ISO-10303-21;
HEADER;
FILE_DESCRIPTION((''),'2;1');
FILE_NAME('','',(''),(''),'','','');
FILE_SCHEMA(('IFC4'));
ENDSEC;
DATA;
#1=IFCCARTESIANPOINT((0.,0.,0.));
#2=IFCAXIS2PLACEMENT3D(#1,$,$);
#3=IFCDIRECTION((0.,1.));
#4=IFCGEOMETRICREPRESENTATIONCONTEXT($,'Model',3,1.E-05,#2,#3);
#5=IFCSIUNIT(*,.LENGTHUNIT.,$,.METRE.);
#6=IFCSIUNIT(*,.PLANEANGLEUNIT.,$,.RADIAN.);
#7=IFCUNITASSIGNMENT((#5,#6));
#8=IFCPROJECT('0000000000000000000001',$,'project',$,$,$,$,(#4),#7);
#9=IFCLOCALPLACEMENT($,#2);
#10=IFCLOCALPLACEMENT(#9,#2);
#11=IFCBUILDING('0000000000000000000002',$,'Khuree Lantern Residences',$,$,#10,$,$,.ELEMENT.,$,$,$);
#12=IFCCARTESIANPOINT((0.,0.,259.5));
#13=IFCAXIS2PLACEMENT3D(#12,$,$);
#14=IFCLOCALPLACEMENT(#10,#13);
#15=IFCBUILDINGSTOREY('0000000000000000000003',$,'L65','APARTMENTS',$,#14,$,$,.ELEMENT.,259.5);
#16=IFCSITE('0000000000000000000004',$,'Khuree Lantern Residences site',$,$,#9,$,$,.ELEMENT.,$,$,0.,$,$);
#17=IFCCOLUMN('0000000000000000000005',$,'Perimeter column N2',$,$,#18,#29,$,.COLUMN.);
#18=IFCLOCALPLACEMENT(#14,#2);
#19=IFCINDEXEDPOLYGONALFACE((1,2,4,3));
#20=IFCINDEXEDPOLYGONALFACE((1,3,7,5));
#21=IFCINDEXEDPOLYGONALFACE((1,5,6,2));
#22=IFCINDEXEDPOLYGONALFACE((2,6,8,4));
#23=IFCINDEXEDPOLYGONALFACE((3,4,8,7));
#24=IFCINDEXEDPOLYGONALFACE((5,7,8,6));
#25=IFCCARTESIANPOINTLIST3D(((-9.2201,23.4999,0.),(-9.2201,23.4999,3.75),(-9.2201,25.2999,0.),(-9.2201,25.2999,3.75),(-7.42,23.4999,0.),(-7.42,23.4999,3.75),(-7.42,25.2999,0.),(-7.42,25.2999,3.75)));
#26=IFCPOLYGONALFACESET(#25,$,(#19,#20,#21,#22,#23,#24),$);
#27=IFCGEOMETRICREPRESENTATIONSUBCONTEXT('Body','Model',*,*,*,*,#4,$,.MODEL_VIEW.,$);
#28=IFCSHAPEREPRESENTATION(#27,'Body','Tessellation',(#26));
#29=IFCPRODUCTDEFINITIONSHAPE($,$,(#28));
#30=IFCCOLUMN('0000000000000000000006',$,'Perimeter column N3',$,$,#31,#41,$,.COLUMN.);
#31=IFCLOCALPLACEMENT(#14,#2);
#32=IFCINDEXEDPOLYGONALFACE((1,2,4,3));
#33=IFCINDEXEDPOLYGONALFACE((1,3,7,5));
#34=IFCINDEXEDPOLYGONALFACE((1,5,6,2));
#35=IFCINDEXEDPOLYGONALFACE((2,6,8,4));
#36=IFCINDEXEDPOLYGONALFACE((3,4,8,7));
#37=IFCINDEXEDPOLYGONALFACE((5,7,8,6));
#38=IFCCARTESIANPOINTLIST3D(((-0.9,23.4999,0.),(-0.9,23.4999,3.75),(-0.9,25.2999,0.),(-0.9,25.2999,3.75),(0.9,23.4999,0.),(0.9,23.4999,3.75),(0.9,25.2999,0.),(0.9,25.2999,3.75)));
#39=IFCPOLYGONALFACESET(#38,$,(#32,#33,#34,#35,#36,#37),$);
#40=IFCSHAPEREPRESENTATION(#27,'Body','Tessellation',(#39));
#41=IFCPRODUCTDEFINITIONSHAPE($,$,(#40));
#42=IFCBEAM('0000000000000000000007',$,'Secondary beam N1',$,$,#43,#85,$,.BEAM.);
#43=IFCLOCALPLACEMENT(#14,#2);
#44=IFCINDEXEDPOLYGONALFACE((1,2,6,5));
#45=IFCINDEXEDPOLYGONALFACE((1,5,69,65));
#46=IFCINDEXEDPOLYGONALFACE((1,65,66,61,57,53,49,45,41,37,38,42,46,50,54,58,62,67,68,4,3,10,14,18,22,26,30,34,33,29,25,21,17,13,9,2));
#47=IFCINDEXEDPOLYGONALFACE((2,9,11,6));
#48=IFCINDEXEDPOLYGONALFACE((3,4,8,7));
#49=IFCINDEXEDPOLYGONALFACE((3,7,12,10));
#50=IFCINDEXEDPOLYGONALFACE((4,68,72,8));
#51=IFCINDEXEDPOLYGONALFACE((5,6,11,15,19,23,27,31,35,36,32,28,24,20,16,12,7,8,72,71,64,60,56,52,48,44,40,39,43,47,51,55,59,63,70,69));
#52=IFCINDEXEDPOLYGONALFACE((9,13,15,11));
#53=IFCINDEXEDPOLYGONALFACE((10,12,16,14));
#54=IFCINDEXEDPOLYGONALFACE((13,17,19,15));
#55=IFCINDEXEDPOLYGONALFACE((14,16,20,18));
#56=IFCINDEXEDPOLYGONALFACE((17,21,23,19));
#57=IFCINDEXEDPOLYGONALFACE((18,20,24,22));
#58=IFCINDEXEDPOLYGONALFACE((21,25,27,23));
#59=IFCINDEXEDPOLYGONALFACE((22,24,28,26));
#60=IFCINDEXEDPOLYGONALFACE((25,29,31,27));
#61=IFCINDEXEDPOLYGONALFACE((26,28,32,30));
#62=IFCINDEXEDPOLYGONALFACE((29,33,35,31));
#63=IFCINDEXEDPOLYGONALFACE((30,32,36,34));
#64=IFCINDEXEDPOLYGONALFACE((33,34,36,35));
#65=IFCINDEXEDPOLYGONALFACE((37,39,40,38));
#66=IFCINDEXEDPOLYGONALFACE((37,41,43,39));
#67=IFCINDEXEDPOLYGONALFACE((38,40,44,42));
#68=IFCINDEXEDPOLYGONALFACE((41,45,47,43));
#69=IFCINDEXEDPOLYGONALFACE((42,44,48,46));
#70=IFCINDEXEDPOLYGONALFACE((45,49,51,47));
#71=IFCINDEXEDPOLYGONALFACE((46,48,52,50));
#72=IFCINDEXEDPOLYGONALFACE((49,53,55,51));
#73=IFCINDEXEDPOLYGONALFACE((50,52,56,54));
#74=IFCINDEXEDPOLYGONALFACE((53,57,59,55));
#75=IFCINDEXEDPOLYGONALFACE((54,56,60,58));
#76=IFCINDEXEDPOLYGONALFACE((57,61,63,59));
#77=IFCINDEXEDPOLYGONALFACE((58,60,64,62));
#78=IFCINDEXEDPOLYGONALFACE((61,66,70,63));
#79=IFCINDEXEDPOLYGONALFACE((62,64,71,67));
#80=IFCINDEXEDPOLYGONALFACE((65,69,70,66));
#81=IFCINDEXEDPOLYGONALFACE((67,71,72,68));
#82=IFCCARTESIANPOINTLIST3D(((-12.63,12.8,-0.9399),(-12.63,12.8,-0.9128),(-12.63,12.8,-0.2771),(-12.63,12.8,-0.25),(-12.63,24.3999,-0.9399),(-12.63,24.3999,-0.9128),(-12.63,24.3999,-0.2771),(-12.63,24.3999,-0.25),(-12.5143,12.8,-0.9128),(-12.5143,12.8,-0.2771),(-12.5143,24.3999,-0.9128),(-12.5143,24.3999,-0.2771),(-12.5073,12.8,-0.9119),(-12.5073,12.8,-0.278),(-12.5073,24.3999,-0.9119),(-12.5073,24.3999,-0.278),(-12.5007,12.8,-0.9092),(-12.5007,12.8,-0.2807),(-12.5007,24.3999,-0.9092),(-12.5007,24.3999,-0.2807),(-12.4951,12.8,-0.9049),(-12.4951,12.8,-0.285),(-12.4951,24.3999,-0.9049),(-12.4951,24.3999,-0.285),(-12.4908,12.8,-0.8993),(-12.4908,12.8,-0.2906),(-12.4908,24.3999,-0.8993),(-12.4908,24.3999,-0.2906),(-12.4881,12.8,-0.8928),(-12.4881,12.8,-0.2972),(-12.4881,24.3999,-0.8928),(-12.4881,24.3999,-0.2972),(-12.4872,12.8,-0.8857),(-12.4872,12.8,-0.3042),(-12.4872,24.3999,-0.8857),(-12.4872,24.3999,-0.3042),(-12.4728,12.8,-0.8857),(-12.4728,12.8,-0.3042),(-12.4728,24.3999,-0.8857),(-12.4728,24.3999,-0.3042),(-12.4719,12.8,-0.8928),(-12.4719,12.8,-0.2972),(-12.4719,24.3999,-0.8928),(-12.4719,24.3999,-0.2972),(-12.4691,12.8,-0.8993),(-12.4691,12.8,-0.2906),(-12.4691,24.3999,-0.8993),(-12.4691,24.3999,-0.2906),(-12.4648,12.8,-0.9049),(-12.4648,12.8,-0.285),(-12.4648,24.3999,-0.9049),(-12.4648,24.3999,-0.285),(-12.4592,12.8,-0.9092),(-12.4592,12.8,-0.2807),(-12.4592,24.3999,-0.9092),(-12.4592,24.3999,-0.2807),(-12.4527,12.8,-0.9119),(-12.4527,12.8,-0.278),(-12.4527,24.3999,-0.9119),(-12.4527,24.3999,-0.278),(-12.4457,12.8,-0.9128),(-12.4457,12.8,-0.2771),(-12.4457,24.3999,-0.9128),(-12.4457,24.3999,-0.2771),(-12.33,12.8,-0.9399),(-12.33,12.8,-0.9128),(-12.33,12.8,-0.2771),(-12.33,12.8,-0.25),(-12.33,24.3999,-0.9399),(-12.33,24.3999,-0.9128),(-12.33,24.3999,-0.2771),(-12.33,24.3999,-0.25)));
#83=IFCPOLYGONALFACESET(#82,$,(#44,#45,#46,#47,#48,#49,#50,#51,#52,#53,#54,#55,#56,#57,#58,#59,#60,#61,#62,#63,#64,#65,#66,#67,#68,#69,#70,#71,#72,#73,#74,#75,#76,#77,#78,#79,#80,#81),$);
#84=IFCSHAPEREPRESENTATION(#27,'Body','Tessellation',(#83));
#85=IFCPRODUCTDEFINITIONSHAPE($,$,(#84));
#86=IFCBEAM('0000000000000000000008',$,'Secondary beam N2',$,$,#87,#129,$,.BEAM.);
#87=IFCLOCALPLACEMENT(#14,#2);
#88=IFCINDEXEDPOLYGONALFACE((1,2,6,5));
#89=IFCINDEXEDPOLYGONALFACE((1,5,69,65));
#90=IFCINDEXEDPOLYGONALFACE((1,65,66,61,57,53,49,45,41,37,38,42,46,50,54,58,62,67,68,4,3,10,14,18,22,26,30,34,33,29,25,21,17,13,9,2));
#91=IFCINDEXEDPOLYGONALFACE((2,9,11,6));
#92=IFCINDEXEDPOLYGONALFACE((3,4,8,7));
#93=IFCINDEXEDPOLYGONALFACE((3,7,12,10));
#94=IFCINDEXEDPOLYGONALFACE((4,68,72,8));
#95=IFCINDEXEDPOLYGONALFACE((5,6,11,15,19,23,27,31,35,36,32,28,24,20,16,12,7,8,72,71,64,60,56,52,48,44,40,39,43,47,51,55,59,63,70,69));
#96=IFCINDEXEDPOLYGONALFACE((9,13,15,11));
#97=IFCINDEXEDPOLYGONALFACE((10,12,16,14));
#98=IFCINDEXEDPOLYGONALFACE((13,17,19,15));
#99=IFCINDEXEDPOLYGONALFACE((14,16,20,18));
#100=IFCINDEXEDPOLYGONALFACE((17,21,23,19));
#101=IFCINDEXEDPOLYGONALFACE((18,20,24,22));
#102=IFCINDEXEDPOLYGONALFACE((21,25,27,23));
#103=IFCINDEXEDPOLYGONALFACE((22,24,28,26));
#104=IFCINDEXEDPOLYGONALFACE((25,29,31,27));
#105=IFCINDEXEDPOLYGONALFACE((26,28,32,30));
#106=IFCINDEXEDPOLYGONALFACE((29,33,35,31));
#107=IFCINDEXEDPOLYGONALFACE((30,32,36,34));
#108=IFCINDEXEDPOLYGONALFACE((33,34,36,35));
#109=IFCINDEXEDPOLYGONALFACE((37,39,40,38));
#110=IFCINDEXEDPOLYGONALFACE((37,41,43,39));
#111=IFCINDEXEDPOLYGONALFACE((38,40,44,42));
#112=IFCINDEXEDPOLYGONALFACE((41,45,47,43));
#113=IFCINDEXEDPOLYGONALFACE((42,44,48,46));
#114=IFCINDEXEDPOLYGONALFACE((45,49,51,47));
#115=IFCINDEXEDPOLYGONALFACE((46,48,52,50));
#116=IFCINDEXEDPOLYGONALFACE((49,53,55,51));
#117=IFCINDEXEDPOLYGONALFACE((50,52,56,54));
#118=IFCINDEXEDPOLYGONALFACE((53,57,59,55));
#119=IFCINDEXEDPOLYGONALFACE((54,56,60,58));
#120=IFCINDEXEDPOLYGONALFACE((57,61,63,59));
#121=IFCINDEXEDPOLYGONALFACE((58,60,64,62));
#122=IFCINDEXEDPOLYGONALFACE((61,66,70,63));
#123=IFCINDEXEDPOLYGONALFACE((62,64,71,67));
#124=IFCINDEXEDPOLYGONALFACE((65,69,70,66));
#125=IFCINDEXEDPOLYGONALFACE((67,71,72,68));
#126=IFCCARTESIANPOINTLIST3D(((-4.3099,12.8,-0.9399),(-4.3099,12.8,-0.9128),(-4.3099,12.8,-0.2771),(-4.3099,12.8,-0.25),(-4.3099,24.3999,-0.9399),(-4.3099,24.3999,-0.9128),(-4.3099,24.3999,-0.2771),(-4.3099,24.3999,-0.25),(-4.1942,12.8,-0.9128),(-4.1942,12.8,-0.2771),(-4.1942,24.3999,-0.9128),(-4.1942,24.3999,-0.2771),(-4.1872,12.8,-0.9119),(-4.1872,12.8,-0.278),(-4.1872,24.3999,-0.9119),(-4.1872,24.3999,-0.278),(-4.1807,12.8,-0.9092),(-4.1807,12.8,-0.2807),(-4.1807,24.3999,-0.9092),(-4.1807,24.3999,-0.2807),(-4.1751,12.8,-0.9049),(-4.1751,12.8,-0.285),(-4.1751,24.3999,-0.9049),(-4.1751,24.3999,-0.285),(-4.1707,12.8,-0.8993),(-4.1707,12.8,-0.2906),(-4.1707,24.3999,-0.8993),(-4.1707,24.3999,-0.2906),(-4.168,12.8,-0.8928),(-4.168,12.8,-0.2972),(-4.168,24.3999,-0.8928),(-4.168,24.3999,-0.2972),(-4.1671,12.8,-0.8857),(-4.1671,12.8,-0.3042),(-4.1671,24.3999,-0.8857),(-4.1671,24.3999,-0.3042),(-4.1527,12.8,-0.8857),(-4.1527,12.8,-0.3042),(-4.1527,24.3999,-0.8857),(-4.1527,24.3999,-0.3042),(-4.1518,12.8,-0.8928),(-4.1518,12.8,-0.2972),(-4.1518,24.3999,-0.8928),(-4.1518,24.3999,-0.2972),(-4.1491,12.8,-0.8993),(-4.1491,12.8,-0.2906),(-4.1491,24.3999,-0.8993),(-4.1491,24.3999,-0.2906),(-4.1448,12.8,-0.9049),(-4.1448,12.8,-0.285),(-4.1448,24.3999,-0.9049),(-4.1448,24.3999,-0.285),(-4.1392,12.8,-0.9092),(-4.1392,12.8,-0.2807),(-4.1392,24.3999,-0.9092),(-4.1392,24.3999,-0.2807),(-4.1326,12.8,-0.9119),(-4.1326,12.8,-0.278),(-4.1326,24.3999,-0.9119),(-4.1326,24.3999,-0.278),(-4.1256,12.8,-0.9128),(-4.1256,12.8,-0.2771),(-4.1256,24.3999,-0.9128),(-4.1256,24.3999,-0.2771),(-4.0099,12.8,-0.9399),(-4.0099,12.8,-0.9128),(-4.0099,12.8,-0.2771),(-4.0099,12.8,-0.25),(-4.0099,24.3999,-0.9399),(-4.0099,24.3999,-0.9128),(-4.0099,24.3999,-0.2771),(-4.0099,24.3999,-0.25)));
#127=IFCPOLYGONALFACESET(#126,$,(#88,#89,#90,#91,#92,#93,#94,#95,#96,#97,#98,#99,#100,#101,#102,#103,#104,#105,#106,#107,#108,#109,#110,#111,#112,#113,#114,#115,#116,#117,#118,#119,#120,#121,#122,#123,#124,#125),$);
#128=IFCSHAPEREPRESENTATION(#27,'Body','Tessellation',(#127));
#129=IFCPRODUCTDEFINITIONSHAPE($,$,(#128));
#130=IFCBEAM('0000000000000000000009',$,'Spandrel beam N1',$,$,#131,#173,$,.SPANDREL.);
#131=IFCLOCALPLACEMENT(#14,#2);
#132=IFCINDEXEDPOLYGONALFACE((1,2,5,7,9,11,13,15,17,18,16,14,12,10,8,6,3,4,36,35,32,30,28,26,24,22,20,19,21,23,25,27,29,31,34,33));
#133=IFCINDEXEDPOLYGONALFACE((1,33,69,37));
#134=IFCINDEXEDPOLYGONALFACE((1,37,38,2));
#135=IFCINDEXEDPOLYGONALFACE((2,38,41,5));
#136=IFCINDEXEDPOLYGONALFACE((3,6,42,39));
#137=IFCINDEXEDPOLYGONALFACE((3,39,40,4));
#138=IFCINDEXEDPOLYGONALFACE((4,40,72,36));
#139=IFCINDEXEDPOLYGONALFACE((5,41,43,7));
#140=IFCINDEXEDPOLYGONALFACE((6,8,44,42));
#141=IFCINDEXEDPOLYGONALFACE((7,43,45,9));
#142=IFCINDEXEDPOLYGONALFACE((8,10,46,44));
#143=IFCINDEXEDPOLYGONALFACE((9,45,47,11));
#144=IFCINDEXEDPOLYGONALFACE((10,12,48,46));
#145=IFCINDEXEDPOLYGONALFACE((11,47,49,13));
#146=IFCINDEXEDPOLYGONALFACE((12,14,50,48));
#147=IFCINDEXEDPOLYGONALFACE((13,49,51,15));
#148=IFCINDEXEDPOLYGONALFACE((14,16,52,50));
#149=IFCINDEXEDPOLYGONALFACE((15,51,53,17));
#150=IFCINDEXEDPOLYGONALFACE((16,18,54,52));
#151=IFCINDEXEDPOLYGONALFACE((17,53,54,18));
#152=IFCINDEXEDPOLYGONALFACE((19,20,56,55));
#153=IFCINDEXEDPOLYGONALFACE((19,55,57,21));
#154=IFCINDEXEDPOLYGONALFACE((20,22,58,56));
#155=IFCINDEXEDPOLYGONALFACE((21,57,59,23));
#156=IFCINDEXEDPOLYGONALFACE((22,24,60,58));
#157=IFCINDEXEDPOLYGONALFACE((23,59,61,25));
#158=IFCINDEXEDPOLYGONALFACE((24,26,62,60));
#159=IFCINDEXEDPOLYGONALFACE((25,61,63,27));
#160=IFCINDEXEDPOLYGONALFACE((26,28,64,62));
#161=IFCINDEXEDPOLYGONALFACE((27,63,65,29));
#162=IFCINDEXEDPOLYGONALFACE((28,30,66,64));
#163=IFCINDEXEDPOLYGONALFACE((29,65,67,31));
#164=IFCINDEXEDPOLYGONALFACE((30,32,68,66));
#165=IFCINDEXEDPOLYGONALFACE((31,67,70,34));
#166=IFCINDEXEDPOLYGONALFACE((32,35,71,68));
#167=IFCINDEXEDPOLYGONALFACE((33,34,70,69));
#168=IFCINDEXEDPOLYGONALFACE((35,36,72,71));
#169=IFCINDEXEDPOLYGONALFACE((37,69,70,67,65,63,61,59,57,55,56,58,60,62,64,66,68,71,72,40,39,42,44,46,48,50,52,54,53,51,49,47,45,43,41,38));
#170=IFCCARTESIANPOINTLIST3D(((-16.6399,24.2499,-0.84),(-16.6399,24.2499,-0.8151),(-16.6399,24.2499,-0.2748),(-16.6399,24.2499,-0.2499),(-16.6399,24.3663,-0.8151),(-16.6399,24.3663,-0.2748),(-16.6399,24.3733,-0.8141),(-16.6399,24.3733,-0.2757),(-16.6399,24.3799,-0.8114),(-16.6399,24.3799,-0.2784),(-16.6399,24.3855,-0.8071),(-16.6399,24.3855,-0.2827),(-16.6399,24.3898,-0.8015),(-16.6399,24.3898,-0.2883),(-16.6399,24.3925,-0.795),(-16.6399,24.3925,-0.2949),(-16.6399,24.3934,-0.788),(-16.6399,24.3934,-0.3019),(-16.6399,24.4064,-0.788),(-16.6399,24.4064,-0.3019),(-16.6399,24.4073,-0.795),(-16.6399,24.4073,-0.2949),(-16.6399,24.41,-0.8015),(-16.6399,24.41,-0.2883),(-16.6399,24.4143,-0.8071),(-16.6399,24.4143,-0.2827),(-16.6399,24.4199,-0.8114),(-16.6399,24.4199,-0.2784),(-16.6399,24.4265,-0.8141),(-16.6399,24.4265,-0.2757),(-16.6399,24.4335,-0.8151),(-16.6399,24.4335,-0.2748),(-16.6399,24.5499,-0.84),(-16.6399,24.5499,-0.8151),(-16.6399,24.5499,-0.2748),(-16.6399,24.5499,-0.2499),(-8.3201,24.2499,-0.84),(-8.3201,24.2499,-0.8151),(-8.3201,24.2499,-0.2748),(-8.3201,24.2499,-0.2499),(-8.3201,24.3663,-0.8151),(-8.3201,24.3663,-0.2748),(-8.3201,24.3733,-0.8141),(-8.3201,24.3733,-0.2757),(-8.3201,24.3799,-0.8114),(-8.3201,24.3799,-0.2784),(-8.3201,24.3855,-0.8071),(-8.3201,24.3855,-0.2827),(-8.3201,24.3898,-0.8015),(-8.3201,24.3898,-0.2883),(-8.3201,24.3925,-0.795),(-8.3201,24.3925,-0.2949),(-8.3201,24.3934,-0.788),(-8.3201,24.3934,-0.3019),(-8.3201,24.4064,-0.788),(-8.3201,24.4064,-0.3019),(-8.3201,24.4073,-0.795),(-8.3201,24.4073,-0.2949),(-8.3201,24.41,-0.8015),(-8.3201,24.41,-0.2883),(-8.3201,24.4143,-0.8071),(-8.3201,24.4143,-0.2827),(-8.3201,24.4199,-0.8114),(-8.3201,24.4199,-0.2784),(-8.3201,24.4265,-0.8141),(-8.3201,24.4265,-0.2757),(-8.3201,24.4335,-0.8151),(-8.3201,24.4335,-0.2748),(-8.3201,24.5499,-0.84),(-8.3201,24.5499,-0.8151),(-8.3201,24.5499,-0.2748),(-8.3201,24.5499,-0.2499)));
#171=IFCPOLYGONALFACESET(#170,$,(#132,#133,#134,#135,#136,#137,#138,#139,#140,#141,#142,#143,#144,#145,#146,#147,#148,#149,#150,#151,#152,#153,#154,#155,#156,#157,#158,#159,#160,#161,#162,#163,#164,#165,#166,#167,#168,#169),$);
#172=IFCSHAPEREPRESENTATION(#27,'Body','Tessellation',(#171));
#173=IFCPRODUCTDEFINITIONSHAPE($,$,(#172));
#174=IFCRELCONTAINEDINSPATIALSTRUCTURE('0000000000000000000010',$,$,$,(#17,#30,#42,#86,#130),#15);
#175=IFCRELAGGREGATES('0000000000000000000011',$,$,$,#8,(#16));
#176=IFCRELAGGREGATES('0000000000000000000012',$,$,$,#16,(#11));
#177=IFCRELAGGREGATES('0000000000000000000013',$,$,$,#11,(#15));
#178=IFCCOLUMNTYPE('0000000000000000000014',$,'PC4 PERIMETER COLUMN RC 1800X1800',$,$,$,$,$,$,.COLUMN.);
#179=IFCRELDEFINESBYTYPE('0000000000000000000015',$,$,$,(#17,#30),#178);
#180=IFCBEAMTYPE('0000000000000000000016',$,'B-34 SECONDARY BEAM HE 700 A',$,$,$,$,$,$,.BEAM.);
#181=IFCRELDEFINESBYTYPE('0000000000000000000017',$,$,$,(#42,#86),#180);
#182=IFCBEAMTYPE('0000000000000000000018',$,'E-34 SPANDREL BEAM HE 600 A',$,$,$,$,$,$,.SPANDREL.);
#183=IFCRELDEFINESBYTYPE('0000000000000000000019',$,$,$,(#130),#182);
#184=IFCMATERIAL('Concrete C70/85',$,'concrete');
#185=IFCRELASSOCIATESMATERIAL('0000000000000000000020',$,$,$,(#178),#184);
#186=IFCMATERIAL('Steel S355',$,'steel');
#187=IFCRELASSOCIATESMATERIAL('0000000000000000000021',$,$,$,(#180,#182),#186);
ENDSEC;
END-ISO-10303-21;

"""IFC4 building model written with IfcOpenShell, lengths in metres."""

from ifc_helpers import new_model, si_unit, direction, frame, origin, origin_2d, place, context, subcontext, project, spatial, rectangle, i_section, extrude, material, material_profile, profile_set, type_object, element, save


model = new_model("IFC4")

# Units and contexts
model_context = context("Model", 3, precision=1e-05, world=origin(), true_north=direction((0.0, 1.0)))
body_context = subcontext(model_context, "Body", "Model", "MODEL_VIEW")
ifc_project = project(units=[si_unit("LENGTHUNIT", "METRE"), si_unit("PLANEANGLEUNIT", "RADIAN")], contexts=[model_context])

# Site, building, storey
site_placement = place(None, origin())
site = spatial("IfcSite", under=ifc_project, at=site_placement, Name="Khuree Lantern Residences site", CompositionType="ELEMENT", RefElevation=0.0)
building_placement = place(site_placement, origin())
building = spatial("IfcBuilding", under=site, at=building_placement, Name="Khuree Lantern Residences", CompositionType="ELEMENT")
storey_placement = place(building_placement, frame((0.0, 0.0, 259.5)))
storey = spatial("IfcBuildingStorey", under=building, at=storey_placement, Name="L65", Description="APARTMENTS", CompositionType="ELEMENT", Elevation=259.5)

# Columns
ifc_material_1 = material(Name="Concrete C70/85", Category="concrete")
ifc_material_profile_1 = material_profile(ifc_material_1, rectangle(XDim=1.8, YDim=1.8, at=origin_2d()), Name="RC 1800X1800")
ifc_profile_set_1 = profile_set([ifc_material_profile_1], Name="Concrete C70/85")
column_type = type_object("IfcColumnType", Name="PC4 PERIMETER COLUMN RC 1800X1800", PredefinedType="COLUMN", material=ifc_profile_set_1)
for number, where, z_axis, x_axis, name in (
    (1, (-8.3201, 24.3999, 0.0), (0.0, 0.0, 1.0), (1.0, 0.0, 0.0), "Perimeter column N2"),
    (2, (0.0, 24.3999, 0.0), (0.0, 0.0, 1.0), (1.0, 0.0, 0.0), "Perimeter column N3"),
):
    element("IfcColumn", number, at=place(storey_placement, frame(where, z_axis=z_axis, x_axis=x_axis)), inside=storey, type_object=column_type, Name=name, PredefinedType="COLUMN", context=body_context, shape_type="SweptSolid", body=[
        extrude(rectangle(XDim=1.8, YDim=1.8, at=origin_2d()), origin(), (0.0, 0.0, 1.0), 3.75),
    ])

# Beams
ifc_material_2 = material(Name="Steel S355", Category="steel")
ifc_material_profile_2 = material_profile(ifc_material_2, i_section(OverallWidth=0.3, OverallDepth=0.6899, WebThickness=0.0144, FlangeThickness=0.0271, FilletRadius=0.0271, at=origin_2d()), Name="HE 700 A")
ifc_profile_set_2 = profile_set([ifc_material_profile_2], Name="Steel S355")
beam_type_1 = type_object("IfcBeamType", Name="B-34 SECONDARY BEAM HE 700 A", PredefinedType="BEAM", material=ifc_profile_set_2)
for number, where, z_axis, x_axis, name in (
    (3, (-12.48, 24.3999, -0.595), (0.0, -1.0, 0.0), (1.0, 0.0, 0.0), "Secondary beam N1"),
    (4, (-4.1599, 24.3999, -0.595), (0.0, -1.0, 0.0), (1.0, 0.0, 0.0), "Secondary beam N2"),
):
    element("IfcBeam", number, at=place(storey_placement, frame(where, z_axis=z_axis, x_axis=x_axis)), inside=storey, type_object=beam_type_1, Name=name, PredefinedType="BEAM", context=body_context, shape_type="SweptSolid", body=[
        extrude(i_section(OverallWidth=0.3, OverallDepth=0.6899, WebThickness=0.0144, FlangeThickness=0.0271, FilletRadius=0.0271, at=origin_2d()), origin(), (0.0, 0.0, 1.0), 11.5999),
    ])
ifc_material_profile_3 = material_profile(ifc_material_2, i_section(OverallWidth=0.3, OverallDepth=0.5901, WebThickness=0.0129, FlangeThickness=0.0249, FilletRadius=0.0271, at=origin_2d()), Name="HE 600 A")
ifc_profile_set_3 = profile_set([ifc_material_profile_3], Name="Steel S355")
beam_type_2 = type_object("IfcBeamType", Name="E-34 SPANDREL BEAM HE 600 A", PredefinedType="SPANDREL", material=ifc_profile_set_3)
beam_1_placement = place(storey_placement, frame((-16.6399, 24.3999, -0.5449), z_axis=(1.0, 0.0, 0.0), x_axis=(0.0, 1.0, 0.0)))
element("IfcBeam", 5, at=beam_1_placement, inside=storey, type_object=beam_type_2, Name="Spandrel beam N1", PredefinedType="SPANDREL", context=body_context, shape_type="SweptSolid", body=[
    extrude(i_section(OverallWidth=0.3, OverallDepth=0.5901, WebThickness=0.0129, FlangeThickness=0.0249, FilletRadius=0.0271, at=origin_2d()), origin(), (0.0, 0.0, 1.0), 8.3198),
])

save(model, "model.ifc")
